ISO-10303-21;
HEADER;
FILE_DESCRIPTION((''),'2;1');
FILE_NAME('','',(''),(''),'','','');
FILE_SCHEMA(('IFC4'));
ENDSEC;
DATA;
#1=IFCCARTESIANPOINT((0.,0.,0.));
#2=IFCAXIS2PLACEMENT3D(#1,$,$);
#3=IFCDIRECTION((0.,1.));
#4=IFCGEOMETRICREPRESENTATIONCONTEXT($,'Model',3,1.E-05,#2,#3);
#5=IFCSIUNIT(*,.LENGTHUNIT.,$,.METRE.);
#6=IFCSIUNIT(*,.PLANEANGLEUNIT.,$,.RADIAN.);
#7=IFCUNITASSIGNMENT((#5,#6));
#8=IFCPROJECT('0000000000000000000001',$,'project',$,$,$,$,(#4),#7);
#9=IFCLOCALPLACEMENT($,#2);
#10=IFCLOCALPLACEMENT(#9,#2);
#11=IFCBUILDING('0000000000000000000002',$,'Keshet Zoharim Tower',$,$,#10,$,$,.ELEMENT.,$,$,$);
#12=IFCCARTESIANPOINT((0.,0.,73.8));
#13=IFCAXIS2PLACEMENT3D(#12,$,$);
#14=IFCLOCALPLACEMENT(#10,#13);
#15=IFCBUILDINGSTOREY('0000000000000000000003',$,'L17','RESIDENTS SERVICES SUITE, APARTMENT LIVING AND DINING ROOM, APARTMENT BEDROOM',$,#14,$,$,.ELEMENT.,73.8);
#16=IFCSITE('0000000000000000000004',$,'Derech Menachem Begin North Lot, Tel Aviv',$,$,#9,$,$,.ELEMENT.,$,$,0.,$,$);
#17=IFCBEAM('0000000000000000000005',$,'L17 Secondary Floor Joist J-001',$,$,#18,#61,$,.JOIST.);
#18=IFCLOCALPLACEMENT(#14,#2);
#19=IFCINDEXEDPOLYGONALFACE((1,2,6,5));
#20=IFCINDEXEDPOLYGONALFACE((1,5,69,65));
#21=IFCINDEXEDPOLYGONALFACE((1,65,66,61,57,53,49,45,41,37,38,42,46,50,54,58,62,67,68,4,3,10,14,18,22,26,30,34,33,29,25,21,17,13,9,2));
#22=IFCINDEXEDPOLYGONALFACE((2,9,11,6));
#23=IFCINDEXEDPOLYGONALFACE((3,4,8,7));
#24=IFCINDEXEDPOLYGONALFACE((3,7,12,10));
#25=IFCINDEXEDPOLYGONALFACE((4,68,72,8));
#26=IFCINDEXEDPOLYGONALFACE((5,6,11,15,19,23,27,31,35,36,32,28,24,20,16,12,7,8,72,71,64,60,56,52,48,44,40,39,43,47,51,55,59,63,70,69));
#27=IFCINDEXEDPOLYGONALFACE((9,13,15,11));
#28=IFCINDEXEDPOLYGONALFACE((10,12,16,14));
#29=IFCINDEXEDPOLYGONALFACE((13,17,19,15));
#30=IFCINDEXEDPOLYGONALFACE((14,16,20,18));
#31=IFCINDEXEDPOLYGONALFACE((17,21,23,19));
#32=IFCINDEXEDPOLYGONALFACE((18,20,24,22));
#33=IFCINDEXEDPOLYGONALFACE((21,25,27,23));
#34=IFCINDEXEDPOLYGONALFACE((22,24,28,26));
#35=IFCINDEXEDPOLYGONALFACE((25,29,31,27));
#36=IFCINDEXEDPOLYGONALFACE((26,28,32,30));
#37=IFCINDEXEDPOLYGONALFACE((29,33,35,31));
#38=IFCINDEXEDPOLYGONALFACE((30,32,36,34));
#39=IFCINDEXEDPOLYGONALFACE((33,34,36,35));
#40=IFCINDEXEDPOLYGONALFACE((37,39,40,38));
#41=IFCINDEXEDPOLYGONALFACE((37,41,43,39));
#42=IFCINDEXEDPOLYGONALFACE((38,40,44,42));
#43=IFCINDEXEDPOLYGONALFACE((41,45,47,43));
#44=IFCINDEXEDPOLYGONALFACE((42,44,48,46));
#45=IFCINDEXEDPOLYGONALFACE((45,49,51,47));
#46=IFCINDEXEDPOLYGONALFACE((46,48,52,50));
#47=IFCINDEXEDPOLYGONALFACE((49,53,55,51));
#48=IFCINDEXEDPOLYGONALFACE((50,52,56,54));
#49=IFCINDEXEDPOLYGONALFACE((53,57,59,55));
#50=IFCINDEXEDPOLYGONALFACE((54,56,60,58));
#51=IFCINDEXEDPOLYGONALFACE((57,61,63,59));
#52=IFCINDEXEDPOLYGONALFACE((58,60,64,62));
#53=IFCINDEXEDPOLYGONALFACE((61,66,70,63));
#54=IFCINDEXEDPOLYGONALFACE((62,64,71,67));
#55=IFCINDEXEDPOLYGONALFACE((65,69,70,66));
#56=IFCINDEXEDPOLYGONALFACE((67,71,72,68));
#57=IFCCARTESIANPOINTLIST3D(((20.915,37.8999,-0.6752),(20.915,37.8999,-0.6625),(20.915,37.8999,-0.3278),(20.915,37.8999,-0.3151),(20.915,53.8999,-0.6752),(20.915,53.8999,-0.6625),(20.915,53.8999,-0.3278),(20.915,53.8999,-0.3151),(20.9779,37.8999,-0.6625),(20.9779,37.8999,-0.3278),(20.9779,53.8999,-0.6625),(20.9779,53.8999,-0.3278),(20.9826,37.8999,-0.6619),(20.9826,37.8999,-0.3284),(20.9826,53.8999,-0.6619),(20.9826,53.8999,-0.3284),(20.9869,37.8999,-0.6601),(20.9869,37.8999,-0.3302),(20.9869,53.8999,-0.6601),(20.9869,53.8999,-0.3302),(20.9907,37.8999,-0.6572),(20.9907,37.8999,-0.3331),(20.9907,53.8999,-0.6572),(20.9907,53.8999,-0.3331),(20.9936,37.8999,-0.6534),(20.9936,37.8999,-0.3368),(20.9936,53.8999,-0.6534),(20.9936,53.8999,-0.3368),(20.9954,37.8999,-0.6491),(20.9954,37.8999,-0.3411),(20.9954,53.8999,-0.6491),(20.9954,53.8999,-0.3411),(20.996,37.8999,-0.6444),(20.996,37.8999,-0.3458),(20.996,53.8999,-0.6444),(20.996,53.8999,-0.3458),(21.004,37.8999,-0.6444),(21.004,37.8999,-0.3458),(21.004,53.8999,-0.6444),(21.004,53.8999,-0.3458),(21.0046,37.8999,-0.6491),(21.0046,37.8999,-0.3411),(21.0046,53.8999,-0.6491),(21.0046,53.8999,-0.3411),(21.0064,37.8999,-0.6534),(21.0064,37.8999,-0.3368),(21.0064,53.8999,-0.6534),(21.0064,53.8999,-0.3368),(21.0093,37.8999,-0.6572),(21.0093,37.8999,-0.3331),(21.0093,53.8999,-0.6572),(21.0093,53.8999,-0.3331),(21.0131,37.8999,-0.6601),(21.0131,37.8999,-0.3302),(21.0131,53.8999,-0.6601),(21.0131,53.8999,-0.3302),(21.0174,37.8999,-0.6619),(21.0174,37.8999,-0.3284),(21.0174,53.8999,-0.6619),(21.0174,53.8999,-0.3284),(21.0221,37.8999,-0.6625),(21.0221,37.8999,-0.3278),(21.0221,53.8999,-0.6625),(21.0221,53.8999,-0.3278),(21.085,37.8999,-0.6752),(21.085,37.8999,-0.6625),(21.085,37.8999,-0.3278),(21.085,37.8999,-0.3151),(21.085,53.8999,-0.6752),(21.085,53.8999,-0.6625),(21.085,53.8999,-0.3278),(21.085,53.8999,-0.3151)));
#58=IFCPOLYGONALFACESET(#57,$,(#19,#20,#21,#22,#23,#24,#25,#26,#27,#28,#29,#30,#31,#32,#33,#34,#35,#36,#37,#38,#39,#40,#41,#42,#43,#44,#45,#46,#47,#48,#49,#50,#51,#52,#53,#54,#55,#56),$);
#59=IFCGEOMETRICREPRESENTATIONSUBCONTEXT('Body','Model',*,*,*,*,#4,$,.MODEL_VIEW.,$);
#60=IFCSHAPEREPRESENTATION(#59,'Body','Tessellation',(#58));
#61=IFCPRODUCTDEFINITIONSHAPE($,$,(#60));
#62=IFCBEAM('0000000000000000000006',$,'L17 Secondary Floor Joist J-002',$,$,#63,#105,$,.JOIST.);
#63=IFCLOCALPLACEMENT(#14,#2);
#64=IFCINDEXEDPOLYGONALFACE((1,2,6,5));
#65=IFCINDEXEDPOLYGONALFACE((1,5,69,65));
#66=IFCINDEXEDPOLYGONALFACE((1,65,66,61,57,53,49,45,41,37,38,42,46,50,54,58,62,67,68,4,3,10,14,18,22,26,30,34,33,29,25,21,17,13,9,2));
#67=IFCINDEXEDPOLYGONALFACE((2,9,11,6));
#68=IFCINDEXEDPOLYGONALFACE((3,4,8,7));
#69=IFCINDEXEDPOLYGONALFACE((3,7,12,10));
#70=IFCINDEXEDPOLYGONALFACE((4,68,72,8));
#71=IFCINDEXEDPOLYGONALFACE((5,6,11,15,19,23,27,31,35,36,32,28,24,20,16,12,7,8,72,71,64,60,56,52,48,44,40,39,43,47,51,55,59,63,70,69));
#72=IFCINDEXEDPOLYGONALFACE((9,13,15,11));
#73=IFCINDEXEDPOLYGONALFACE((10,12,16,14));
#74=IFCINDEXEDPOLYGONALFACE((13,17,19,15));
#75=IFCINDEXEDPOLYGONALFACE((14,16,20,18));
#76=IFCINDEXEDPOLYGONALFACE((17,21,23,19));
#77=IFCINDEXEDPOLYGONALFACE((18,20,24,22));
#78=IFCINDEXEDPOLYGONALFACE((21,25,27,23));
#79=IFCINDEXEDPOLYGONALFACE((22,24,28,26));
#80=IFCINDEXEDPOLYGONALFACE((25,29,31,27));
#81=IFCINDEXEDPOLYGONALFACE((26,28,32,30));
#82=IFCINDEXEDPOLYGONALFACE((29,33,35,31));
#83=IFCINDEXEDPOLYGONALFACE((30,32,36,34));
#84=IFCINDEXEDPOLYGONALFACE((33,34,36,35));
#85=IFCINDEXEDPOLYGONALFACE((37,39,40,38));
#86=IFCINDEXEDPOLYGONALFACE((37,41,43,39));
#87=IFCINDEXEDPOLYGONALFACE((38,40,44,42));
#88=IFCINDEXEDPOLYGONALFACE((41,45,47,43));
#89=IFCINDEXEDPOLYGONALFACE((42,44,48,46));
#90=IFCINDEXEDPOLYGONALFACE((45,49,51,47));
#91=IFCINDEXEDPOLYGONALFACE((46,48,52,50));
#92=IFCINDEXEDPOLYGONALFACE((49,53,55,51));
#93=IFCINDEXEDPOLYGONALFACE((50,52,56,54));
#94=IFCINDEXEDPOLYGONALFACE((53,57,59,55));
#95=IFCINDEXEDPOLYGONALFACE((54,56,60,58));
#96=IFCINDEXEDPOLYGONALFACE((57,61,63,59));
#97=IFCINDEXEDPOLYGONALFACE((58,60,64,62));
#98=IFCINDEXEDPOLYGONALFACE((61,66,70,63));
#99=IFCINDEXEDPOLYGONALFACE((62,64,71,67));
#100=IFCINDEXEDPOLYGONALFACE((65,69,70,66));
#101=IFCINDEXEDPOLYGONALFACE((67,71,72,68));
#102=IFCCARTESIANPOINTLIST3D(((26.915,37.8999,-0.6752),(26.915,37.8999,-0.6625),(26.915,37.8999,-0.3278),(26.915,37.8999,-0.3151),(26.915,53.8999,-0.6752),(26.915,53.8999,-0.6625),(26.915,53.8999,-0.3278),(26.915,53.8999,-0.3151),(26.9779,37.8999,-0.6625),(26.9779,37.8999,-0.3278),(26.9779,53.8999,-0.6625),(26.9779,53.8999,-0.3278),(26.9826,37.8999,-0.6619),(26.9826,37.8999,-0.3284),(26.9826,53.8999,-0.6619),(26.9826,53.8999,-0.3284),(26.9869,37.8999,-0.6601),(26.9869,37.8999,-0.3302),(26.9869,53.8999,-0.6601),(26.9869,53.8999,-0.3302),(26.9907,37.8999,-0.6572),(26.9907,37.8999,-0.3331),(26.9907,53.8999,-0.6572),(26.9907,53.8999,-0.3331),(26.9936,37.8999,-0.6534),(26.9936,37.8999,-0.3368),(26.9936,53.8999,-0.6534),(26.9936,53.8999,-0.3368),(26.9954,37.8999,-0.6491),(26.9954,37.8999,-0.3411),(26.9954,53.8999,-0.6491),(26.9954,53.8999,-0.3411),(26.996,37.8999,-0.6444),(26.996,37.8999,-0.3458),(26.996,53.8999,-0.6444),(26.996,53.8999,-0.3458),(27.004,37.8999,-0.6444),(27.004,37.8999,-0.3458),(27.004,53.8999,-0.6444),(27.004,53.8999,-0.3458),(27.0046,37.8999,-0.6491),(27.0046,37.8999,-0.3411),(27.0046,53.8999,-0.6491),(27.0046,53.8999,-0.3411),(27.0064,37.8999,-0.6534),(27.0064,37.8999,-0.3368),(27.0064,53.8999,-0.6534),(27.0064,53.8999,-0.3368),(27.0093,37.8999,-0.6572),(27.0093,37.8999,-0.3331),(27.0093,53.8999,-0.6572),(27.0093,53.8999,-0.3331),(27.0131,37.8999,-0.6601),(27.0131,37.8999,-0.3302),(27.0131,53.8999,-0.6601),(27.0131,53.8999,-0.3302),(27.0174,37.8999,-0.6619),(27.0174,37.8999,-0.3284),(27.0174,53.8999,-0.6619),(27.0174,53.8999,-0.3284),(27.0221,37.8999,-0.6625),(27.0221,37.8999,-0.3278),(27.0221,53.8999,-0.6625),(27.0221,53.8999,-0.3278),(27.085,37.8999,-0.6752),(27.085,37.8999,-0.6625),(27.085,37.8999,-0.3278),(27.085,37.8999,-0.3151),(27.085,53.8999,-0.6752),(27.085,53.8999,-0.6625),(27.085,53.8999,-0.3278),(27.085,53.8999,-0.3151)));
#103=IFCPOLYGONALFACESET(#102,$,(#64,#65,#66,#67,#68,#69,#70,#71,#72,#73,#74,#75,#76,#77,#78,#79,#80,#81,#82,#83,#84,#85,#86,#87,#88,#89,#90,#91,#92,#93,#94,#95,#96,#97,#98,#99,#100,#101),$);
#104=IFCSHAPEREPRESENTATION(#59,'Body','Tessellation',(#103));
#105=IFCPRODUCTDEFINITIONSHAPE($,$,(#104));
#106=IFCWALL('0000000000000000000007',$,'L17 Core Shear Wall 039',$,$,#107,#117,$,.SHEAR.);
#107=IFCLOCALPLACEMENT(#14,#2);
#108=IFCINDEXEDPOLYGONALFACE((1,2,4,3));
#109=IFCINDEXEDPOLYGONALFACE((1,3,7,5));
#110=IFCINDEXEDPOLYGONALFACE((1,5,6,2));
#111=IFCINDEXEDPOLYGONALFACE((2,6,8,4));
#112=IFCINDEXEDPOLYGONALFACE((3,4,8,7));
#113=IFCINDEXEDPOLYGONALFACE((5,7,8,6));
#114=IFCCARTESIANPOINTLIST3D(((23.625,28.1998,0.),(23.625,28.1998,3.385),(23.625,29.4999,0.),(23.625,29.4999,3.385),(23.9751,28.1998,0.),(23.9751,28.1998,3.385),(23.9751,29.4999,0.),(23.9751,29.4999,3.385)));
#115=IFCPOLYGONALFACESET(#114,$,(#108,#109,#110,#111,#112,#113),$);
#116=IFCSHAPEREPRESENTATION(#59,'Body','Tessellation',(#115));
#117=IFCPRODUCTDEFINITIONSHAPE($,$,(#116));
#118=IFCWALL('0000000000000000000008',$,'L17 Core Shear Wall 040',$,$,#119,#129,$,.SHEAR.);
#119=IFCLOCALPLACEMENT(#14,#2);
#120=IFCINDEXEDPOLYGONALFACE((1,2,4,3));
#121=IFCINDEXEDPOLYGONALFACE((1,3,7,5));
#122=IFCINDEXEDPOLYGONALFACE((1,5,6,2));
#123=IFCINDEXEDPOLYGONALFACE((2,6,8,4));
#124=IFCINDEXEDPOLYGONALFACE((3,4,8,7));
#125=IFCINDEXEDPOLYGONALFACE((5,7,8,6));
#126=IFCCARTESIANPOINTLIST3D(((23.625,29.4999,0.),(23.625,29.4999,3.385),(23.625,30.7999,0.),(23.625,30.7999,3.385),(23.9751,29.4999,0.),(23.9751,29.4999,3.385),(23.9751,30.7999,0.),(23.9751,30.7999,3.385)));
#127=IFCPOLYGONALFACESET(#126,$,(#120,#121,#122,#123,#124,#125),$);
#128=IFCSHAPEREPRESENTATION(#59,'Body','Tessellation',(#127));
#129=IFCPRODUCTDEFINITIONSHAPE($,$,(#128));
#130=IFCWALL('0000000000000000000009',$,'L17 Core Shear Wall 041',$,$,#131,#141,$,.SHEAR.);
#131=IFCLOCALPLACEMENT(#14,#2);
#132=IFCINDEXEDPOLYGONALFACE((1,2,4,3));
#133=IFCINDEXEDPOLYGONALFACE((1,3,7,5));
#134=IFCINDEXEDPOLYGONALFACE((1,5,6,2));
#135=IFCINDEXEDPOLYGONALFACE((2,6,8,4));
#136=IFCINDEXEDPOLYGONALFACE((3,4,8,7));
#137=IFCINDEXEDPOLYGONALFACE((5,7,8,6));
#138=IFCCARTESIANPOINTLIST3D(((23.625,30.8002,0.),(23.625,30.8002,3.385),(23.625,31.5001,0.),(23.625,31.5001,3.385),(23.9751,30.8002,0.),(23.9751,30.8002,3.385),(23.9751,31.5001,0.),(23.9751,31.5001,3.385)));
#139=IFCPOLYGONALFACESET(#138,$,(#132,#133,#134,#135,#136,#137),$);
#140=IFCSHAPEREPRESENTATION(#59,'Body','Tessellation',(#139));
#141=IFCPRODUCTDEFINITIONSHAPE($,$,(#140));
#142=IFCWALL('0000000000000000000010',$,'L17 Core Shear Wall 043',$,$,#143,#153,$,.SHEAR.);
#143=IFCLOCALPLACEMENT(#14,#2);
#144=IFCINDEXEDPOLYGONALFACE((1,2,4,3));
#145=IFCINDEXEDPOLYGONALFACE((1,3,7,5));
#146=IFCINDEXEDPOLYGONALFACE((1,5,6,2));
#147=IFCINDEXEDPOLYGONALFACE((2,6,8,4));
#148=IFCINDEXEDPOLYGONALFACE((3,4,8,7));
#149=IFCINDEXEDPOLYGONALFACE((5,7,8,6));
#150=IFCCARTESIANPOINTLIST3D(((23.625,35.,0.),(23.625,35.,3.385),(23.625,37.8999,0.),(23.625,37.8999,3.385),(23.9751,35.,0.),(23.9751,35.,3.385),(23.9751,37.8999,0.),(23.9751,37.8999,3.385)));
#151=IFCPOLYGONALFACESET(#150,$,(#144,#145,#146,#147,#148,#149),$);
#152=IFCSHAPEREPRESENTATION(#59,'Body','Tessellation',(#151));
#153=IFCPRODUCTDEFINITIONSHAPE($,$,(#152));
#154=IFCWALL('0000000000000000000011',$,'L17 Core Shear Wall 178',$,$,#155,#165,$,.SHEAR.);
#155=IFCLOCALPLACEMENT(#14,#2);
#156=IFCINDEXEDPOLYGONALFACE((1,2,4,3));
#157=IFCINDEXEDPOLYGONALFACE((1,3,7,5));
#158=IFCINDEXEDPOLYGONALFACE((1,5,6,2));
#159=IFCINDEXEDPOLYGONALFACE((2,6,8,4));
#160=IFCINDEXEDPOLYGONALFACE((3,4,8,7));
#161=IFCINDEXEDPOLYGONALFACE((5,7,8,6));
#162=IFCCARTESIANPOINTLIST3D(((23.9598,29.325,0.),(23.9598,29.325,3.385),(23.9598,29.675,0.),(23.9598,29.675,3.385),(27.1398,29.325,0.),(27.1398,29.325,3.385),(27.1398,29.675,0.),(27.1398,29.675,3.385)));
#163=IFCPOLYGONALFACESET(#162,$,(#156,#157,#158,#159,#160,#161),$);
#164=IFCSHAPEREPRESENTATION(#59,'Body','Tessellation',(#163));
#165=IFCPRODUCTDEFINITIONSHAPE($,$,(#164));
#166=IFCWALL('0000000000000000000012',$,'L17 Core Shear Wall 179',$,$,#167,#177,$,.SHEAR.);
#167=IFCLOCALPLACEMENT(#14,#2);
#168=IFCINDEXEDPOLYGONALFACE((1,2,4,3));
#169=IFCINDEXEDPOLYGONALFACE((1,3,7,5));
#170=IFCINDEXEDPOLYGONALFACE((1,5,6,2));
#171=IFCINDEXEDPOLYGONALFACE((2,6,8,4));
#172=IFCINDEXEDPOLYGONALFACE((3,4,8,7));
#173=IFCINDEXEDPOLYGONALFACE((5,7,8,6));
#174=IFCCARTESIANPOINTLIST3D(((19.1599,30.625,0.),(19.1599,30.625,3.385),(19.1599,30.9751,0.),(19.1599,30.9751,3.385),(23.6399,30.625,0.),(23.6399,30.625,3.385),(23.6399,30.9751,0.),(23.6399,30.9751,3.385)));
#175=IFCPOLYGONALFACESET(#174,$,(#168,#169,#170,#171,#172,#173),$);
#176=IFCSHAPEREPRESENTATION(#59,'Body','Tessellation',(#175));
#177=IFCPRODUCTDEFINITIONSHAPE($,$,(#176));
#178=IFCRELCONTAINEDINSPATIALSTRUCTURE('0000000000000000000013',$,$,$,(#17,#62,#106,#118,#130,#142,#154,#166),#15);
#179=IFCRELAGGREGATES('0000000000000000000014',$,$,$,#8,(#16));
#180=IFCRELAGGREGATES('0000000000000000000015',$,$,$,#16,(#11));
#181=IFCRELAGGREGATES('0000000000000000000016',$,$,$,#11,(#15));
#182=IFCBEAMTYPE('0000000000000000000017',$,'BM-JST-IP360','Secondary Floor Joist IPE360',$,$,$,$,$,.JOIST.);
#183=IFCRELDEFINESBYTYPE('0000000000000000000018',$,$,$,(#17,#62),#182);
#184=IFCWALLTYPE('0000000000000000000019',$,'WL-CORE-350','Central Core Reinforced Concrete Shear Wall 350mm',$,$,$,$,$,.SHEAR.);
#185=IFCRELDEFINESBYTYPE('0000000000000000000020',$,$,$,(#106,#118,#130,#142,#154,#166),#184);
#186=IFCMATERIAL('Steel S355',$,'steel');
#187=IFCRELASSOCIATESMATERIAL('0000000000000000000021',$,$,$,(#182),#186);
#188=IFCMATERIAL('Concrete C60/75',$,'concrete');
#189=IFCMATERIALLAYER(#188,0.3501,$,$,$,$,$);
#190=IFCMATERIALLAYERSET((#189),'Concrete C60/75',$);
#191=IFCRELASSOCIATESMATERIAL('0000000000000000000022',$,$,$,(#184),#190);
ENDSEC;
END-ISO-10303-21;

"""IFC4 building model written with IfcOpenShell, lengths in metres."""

from ifc_helpers import new_model, si_unit, direction, frame, frame_2d, origin, origin_2d, place, context, subcontext, project, spatial, rectangle, i_section, extrude, material, layer, layer_set, material_profile, profile_set, type_object, element, save


model = new_model("IFC4")

# Units and contexts
model_context = context("Model", 3, precision=1e-05, world=origin(), true_north=direction((0.0, 1.0)))
body_context = subcontext(model_context, "Body", "Model", "MODEL_VIEW")
ifc_project = project(units=[si_unit("LENGTHUNIT", "METRE"), si_unit("PLANEANGLEUNIT", "RADIAN")], contexts=[model_context])

# Site, building, storey
site_placement = place(None, origin())
site = spatial("IfcSite", under=ifc_project, at=site_placement, Name="Derech Menachem Begin North Lot, Tel Aviv", CompositionType="ELEMENT", RefElevation=0.0)
building_placement = place(site_placement, origin())
building = spatial("IfcBuilding", under=site, at=building_placement, Name="Keshet Zoharim Tower", CompositionType="ELEMENT")
storey_placement = place(building_placement, frame((0.0, 0.0, 73.8)))
storey = spatial("IfcBuildingStorey", under=building, at=storey_placement, Name="L17", Description="RESIDENTS SERVICES SUITE, APARTMENT LIVING AND DINING ROOM, APARTMENT BEDROOM", CompositionType="ELEMENT", Elevation=73.8)

# Beams
ifc_material_1 = material(Name="Steel S355", Category="steel")
ifc_material_profile = material_profile(ifc_material_1, i_section(OverallWidth=0.1699, OverallDepth=0.3601, WebThickness=0.0081, FlangeThickness=0.0127, FilletRadius=0.0181, at=origin_2d()), Name="IPE360")
ifc_profile_set = profile_set([ifc_material_profile], Name="Steel S355")
beam_type = type_object("IfcBeamType", Name="BM-JST-IP360", Description="Secondary Floor Joist IPE360", PredefinedType="JOIST", material=ifc_profile_set)
for number, where, z_axis, x_axis, name in (
    (1, (21.0, 37.8999, -0.4951), (0.0, 1.0, 0.0), (-1.0, 0.0, 0.0), "L17 Secondary Floor Joist J-001"),
    (2, (27.0, 37.8999, -0.4951), (0.0, 1.0, 0.0), (-1.0, 0.0, 0.0), "L17 Secondary Floor Joist J-002"),
):
    element("IfcBeam", number, at=place(storey_placement, frame(where, z_axis=z_axis, x_axis=x_axis)), inside=storey, type_object=beam_type, Name=name, PredefinedType="JOIST", context=body_context, shape_type="SweptSolid", body=[
        extrude(i_section(OverallWidth=0.1699, OverallDepth=0.3601, WebThickness=0.0081, FlangeThickness=0.0127, FilletRadius=0.0181, at=origin_2d()), origin(), (0.0, 0.0, 1.0), 16.0),
    ])

# Walls
ifc_material_2 = material(Name="Concrete C60/75", Category="concrete")
ifc_layer_1 = layer(ifc_material_2, 0.3501)
ifc_layer_set_1 = layer_set([ifc_layer_1], Name="Concrete C60/75")
wall_type_1 = type_object("IfcWallType", Name="WL-CORE-350", Description="Central Core Reinforced Concrete Shear Wall 350mm", PredefinedType="SHEAR", material=ifc_layer_set_1)
for number, where, z_axis, x_axis, name in (
    (3, (23.8, 28.2, 0.0), (0.0, 0.0, 1.0), (0.0, 1.0, 0.0), "L17 Core Shear Wall 039"),
    (4, (23.8, 29.5, 0.0), (0.0, 0.0, 1.0), (0.0, 1.0, 0.0), "L17 Core Shear Wall 040"),
):
    element("IfcWall", number, at=place(storey_placement, frame(where, z_axis=z_axis, x_axis=x_axis)), inside=storey, type_object=wall_type_1, Name=name, PredefinedType="SHEAR", context=body_context, shape_type="SweptSolid", body=[
        extrude(rectangle(XDim=1.3, YDim=0.3501, at=frame_2d((0.6499, 0.0))), origin(), (0.0, 0.0, 1.0), 3.385),
    ])
wall_1_placement = place(storey_placement, frame((23.8, 30.8, 0.0), z_axis=(0.0, 0.0, 1.0), x_axis=(0.0, 1.0, 0.0)))
element("IfcWall", 5, at=wall_1_placement, inside=storey, type_object=wall_type_1, Name="L17 Core Shear Wall 041", PredefinedType="SHEAR", context=body_context, shape_type="SweptSolid", body=[
    extrude(rectangle(XDim=0.7, YDim=0.3501, at=frame_2d((0.3501, 0.0))), origin(), (0.0, 0.0, 1.0), 3.385),
])

# Walls
wall_2_placement = place(storey_placement, frame((23.8, 35.0, 0.0), z_axis=(0.0, 0.0, 1.0), x_axis=(0.0, 1.0, 0.0)))
element("IfcWall", 6, at=wall_2_placement, inside=storey, type_object=wall_type_1, Name="L17 Core Shear Wall 043", PredefinedType="SHEAR", context=body_context, shape_type="SweptSolid", body=[
    extrude(rectangle(XDim=2.8999, YDim=0.3501, at=frame_2d((1.45, 0.0))), origin(), (0.0, 0.0, 1.0), 3.385),
])
wall_3_placement = place(storey_placement, frame((23.96, 29.5, 0.0), z_axis=(0.0, 0.0, 1.0), x_axis=(1.0, 0.0, 0.0)))
element("IfcWall", 7, at=wall_3_placement, inside=storey, type_object=wall_type_1, Name="L17 Core Shear Wall 178", PredefinedType="SHEAR", context=body_context, shape_type="SweptSolid", body=[
    extrude(rectangle(XDim=3.1799, YDim=0.3501, at=frame_2d((1.5898, 0.0))), origin(), (0.0, 0.0, 1.0), 3.385),
])
wall_4_placement = place(storey_placement, frame((19.1599, 30.8, 0.0), z_axis=(0.0, 0.0, 1.0), x_axis=(1.0, 0.0, 0.0)))
element("IfcWall", 8, at=wall_4_placement, inside=storey, type_object=wall_type_1, Name="L17 Core Shear Wall 179", PredefinedType="SHEAR", context=body_context, shape_type="SweptSolid", body=[
    extrude(rectangle(XDim=4.48, YDim=0.3501, at=frame_2d((2.24, 0.0))), origin(), (0.0, 0.0, 1.0), 3.385),
])

save(model, "model.ifc")
